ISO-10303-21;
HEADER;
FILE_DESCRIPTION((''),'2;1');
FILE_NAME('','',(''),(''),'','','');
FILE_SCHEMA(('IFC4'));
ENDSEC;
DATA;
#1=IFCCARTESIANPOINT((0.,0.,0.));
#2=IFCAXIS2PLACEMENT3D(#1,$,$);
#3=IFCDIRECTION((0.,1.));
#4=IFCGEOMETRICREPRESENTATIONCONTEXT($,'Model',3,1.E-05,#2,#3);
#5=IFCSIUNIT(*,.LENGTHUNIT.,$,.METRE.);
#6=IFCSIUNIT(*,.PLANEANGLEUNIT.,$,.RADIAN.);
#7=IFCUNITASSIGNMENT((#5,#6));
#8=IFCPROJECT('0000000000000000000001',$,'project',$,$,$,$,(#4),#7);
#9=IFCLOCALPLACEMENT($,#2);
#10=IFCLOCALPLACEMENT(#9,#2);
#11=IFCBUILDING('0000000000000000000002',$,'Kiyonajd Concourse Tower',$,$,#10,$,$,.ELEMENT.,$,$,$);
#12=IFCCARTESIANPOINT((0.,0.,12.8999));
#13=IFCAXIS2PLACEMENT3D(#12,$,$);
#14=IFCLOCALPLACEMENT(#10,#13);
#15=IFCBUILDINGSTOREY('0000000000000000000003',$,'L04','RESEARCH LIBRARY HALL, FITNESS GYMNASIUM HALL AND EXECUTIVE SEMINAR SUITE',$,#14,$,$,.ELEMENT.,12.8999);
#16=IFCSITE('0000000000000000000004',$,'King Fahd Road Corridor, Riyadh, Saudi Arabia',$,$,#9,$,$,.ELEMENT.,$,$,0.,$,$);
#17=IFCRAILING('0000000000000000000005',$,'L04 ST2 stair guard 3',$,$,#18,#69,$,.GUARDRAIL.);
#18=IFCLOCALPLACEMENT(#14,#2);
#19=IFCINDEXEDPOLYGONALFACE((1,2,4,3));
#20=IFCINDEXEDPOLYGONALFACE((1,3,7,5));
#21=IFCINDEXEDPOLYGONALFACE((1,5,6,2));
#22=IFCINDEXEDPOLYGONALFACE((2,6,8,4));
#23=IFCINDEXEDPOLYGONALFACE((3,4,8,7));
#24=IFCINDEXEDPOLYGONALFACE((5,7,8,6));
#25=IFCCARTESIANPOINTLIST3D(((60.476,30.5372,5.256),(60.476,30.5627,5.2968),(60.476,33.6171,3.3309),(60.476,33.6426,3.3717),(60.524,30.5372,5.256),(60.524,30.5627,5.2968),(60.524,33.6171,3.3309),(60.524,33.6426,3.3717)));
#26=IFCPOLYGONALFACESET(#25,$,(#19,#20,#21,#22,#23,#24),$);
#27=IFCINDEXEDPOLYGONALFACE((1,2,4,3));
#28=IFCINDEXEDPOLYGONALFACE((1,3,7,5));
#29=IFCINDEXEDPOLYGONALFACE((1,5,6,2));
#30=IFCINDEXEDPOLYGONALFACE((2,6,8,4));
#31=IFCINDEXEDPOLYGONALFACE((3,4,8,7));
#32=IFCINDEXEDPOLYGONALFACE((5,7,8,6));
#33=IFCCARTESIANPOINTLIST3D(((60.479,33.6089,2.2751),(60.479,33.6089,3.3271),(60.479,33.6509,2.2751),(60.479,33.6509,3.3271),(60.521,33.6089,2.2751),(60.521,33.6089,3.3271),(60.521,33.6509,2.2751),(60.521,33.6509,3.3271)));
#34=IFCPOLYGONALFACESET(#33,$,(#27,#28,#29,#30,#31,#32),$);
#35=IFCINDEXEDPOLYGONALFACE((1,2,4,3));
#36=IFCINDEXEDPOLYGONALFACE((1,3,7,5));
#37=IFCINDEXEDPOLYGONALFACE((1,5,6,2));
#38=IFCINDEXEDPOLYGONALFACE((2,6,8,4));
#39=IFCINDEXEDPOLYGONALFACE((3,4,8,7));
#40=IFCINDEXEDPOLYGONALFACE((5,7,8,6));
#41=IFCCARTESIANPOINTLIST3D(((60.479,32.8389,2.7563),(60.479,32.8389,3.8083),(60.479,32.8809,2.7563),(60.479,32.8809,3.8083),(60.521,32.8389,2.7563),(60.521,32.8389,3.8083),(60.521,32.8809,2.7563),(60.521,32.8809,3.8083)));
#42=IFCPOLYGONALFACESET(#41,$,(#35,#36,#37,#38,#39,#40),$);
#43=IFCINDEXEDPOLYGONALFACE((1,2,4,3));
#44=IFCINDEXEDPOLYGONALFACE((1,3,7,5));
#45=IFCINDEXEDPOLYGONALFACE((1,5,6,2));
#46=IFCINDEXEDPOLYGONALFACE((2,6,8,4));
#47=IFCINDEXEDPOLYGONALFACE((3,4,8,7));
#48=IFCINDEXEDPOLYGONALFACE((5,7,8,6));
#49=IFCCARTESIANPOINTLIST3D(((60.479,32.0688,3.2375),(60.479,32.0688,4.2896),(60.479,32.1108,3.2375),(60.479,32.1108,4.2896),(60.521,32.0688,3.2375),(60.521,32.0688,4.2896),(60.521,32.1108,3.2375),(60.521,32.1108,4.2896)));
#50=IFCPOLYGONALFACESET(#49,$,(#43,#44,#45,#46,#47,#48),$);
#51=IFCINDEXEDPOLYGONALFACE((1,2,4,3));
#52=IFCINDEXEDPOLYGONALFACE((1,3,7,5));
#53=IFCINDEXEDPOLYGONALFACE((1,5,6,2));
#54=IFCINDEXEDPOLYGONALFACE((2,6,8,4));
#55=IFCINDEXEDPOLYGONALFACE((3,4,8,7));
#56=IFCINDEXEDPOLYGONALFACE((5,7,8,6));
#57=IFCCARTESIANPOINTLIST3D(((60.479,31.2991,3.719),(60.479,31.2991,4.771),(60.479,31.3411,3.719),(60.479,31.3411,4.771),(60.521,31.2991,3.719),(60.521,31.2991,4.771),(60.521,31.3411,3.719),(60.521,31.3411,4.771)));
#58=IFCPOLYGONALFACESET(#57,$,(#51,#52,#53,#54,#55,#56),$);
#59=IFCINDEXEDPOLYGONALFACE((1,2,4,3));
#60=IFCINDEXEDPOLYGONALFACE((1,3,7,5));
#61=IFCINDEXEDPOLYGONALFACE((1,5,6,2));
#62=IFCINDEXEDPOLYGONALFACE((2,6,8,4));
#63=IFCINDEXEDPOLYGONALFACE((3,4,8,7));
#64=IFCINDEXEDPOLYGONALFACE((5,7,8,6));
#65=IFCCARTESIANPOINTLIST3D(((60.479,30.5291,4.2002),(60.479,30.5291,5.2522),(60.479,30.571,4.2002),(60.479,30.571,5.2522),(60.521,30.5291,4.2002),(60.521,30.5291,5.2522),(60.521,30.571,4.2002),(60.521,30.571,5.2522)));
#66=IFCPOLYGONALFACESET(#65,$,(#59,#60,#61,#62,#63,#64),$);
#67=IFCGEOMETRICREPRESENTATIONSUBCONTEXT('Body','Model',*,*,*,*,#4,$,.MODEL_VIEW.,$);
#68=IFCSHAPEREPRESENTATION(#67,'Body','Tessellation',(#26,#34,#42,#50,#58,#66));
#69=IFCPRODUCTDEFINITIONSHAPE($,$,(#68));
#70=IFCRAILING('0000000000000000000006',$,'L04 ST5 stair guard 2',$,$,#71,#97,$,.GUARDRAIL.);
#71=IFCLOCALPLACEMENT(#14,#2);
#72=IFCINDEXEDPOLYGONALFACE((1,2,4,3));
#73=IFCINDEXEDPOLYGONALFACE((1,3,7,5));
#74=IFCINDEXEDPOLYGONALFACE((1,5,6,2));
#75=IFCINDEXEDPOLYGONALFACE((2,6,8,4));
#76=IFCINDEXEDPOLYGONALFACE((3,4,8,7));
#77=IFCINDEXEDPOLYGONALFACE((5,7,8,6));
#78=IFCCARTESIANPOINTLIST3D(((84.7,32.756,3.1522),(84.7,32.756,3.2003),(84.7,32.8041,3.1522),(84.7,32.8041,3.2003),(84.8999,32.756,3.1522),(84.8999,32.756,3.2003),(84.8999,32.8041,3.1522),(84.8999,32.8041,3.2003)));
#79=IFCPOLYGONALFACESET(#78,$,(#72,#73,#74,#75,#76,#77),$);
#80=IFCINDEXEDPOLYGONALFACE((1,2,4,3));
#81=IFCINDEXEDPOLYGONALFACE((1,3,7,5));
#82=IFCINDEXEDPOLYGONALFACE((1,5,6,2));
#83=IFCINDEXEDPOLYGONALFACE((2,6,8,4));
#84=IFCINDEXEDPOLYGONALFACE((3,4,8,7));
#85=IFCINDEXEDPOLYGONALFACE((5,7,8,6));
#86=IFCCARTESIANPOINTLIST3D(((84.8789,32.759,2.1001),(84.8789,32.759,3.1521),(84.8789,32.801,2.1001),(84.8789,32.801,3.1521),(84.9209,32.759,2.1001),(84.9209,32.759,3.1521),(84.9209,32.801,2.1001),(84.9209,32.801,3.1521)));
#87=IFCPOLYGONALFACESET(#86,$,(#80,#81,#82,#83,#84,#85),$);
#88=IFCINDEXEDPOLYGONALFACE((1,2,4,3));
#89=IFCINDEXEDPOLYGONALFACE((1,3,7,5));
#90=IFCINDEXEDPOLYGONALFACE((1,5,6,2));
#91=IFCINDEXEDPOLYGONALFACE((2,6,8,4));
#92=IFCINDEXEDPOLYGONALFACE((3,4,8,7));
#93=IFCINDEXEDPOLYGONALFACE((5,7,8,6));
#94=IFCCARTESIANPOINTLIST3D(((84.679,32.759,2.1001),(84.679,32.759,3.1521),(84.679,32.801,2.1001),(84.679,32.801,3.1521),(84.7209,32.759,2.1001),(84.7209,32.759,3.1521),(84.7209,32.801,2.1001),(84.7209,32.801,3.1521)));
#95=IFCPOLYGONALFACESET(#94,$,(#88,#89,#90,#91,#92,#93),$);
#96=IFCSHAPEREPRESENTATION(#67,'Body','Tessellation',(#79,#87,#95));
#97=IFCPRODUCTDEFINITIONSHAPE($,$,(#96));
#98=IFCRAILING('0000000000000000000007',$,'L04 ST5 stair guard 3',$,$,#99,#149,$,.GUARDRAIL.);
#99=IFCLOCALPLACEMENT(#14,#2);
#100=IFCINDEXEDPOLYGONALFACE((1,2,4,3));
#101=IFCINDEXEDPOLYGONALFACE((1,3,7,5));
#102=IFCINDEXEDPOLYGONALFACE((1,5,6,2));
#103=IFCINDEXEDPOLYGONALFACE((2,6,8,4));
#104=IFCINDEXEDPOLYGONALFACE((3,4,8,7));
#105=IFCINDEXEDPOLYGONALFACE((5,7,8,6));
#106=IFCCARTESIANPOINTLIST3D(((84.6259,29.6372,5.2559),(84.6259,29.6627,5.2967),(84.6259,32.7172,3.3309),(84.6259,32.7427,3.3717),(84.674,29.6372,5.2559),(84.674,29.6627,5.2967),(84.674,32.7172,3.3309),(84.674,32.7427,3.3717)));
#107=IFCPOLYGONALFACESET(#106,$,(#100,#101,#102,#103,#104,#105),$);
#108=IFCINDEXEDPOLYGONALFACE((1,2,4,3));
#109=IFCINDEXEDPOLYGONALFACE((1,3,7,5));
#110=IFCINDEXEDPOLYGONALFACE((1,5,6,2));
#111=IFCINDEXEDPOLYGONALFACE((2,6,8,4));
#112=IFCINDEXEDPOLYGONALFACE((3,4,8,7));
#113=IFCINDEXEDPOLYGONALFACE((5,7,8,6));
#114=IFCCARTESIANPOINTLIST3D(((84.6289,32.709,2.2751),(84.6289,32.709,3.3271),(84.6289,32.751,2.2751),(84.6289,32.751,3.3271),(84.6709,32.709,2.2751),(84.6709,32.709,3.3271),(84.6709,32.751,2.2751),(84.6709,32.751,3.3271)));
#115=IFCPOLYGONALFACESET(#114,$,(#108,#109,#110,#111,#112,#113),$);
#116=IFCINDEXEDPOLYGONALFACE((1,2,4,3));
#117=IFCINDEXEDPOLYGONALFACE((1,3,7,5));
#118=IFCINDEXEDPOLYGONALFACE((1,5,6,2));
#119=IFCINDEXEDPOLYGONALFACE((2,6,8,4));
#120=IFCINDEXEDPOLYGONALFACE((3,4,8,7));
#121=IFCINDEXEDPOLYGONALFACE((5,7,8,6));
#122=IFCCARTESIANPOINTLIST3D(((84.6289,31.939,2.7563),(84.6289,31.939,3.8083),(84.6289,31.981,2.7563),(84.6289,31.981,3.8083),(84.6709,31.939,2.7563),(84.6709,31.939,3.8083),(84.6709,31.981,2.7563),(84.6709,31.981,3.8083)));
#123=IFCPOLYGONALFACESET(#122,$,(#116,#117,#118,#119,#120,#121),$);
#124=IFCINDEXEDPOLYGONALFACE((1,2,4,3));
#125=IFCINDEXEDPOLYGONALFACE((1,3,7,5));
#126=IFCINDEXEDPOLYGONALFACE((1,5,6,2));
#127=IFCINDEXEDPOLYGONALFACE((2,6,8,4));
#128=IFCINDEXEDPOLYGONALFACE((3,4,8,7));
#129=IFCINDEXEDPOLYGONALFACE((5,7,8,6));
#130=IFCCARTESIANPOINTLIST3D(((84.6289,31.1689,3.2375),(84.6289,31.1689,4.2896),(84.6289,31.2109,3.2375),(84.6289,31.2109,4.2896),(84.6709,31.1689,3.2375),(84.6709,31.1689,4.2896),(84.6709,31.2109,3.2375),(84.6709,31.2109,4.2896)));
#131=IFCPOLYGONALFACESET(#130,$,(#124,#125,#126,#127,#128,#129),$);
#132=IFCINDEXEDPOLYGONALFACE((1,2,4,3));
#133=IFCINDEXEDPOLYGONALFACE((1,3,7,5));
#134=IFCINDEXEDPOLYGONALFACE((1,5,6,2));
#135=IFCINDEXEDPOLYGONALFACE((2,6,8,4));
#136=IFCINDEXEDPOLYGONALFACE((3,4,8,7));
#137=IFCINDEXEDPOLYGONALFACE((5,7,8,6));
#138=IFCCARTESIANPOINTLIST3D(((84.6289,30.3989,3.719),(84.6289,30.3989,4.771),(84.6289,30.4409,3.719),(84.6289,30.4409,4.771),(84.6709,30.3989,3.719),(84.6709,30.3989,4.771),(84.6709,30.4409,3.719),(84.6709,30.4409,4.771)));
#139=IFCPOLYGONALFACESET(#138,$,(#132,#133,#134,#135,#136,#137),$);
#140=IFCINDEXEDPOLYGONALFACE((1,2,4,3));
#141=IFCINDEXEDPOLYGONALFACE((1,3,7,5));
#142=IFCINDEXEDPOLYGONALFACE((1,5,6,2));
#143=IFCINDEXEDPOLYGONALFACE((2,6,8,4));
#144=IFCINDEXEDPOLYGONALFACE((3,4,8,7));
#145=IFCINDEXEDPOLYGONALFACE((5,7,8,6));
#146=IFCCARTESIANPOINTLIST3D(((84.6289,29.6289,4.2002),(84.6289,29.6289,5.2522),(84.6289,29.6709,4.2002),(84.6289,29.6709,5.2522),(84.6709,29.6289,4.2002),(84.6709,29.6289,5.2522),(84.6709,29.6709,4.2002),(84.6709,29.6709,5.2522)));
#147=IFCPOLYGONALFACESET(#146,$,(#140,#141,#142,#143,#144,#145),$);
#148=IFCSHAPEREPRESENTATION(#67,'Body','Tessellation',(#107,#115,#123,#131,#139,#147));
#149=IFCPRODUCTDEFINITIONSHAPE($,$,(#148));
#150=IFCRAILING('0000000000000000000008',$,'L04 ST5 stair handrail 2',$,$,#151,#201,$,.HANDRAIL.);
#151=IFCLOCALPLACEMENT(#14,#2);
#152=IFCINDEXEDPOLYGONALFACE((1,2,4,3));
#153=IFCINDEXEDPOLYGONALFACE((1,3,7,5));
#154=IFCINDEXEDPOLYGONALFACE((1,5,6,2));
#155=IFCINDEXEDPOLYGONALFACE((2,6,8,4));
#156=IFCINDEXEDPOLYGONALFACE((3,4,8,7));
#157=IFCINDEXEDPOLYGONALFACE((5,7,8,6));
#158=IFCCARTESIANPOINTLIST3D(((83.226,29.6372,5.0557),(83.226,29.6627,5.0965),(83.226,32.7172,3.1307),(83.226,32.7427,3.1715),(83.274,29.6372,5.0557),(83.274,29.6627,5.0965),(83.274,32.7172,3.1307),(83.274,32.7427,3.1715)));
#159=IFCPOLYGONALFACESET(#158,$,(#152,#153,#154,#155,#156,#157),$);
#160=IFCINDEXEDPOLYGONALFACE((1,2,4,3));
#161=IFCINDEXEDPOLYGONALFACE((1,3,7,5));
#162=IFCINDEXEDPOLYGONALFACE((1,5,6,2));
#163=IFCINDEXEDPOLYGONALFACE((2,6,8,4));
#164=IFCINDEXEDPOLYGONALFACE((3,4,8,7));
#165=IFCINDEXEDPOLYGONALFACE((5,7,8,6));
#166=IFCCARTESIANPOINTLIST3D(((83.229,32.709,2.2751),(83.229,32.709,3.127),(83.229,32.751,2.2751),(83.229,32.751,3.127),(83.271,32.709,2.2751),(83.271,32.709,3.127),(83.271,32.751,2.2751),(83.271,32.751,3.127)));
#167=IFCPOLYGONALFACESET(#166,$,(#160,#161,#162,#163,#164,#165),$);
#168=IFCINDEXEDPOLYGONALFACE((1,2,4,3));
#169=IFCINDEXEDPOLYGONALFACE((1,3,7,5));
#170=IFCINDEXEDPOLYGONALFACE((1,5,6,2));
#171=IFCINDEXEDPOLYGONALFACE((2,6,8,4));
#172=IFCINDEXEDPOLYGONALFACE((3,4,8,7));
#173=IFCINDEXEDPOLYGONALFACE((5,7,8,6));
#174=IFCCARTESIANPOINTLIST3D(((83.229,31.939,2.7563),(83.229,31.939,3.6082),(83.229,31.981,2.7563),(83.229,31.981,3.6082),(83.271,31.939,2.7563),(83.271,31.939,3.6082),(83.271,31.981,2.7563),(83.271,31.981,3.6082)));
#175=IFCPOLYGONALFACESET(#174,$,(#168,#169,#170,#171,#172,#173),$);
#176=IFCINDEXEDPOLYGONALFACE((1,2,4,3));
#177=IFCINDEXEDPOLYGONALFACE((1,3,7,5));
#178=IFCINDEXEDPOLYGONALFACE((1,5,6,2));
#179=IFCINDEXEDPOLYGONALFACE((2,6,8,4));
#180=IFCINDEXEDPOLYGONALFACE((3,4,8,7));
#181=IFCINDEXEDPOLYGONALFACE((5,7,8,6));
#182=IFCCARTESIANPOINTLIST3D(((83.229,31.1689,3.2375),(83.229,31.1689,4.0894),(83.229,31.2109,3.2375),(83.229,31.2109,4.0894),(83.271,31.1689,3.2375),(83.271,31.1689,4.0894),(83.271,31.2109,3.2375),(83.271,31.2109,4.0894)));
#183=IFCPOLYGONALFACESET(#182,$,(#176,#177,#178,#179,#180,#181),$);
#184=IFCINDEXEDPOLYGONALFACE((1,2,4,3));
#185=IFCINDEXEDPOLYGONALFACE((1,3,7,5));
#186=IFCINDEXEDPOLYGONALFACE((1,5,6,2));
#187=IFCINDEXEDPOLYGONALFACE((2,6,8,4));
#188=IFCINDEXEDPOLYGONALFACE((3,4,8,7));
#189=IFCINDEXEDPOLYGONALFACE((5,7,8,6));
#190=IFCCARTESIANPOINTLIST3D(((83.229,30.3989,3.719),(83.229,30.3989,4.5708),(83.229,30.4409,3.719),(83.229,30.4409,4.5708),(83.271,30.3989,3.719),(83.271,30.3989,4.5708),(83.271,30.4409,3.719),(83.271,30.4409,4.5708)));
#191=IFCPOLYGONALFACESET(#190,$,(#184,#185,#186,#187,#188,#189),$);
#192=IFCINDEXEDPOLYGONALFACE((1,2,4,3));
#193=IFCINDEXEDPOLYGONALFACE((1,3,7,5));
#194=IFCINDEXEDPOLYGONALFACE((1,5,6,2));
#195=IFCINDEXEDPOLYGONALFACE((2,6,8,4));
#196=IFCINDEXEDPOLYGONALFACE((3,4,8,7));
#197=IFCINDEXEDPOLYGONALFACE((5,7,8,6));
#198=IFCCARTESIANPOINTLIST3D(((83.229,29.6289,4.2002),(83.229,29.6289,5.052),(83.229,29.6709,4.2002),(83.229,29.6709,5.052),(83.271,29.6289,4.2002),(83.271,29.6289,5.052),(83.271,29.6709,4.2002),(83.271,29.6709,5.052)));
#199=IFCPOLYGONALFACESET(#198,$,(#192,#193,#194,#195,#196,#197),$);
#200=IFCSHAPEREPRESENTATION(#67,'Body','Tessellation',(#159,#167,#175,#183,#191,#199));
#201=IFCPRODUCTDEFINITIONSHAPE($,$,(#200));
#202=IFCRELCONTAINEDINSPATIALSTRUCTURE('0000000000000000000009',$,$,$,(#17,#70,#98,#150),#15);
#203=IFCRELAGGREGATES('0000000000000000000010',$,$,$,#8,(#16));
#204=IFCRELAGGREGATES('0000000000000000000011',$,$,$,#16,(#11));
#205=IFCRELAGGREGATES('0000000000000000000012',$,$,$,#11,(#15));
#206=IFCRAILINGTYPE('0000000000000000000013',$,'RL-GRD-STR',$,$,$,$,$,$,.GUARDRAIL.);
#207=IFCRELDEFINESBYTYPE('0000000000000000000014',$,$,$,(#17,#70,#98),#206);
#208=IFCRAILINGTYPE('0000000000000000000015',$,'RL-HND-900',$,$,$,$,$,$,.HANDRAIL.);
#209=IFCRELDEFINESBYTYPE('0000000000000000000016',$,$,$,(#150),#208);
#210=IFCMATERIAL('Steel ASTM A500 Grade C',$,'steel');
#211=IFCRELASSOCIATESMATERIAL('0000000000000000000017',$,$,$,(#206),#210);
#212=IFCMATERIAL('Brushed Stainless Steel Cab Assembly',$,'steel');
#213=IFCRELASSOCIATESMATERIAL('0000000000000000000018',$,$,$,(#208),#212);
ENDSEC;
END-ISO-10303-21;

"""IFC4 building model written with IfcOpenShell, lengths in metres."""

from ifc_helpers import new_model, si_unit, direction, frame, origin, origin_2d, place, context, subcontext, project, spatial, rectangle, extrude, material, type_object, element, save


model = new_model("IFC4")

# Units and contexts
model_context = context("Model", 3, precision=1e-05, world=origin(), true_north=direction((0.0, 1.0)))
body_context = subcontext(model_context, "Body", "Model", "MODEL_VIEW")
ifc_project = project(units=[si_unit("LENGTHUNIT", "METRE"), si_unit("PLANEANGLEUNIT", "RADIAN")], contexts=[model_context])

# Site, building, storey
site_placement = place(None, origin())
site = spatial("IfcSite", under=ifc_project, at=site_placement, Name="King Fahd Road Corridor, Riyadh, Saudi Arabia", CompositionType="ELEMENT", RefElevation=0.0)
building_placement = place(site_placement, origin())
building = spatial("IfcBuilding", under=site, at=building_placement, Name="Kiyonajd Concourse Tower", CompositionType="ELEMENT")
storey_placement = place(building_placement, frame((0.0, 0.0, 12.8999)))
storey = spatial("IfcBuildingStorey", under=building, at=storey_placement, Name="L04", Description="RESEARCH LIBRARY HALL, FITNESS GYMNASIUM HALL AND EXECUTIVE SEMINAR SUITE", CompositionType="ELEMENT", Elevation=12.8999)

# Railings
ifc_material_1 = material(Name="Steel ASTM A500 Grade C", Category="steel")
railing_type_1 = type_object("IfcRailingType", Name="RL-GRD-STR", PredefinedType="GUARDRAIL", material=ifc_material_1)
railing_1_placement = place(storey_placement, frame((60.5, 33.6299, 2.2751)))
element("IfcRailing", 1, at=railing_1_placement, inside=storey, type_object=railing_type_1, Name="L04 ST2 stair guard 3", PredefinedType="GUARDRAIL", context=body_context, shape_type="SweptSolid", body=[
    extrude(rectangle(XDim=0.0481, YDim=0.0481, at=origin_2d()), frame((0.0, 0.0, 1.0762), z_axis=(0.0, -0.847979, 0.530029), x_axis=(1.0, 0.0, 0.0)), (0.0, 0.0, 1.0), 3.6321),
    extrude(rectangle(XDim=0.042, YDim=0.042, at=origin_2d()), origin(), (0.0, 0.0, 1.0), 1.052),
    extrude(rectangle(XDim=0.042, YDim=0.042, at=origin_2d()), frame((0.0, -0.77, 0.4812)), (0.0, 0.0, 1.0), 1.052),
    extrude(rectangle(XDim=0.042, YDim=0.042, at=origin_2d()), frame((0.0, -1.54, 0.9624)), (0.0, 0.0, 1.0), 1.052),
    extrude(rectangle(XDim=0.042, YDim=0.042, at=origin_2d()), frame((0.0, -2.3098, 1.4438)), (0.0, 0.0, 1.0), 1.052),
    extrude(rectangle(XDim=0.042, YDim=0.042, at=origin_2d()), frame((0.0, -3.0798, 1.925)), (0.0, 0.0, 1.0), 1.052),
])
railing_2_placement = place(storey_placement, frame((84.8999, 32.78, 2.1001)))
element("IfcRailing", 2, at=railing_2_placement, inside=storey, type_object=railing_type_1, Name="L04 ST5 stair guard 2", PredefinedType="GUARDRAIL", context=body_context, shape_type="SweptSolid", body=[
    extrude(rectangle(XDim=0.0481, YDim=0.0481, at=origin_2d()), frame((0.0, 0.0, 1.0762), z_axis=(-1.0, 0.0, 0.0), x_axis=(0.0, -1.0, 0.0)), (0.0, 0.0, 1.0), 0.2),
    extrude(rectangle(XDim=0.042, YDim=0.042, at=origin_2d()), origin(), (0.0, 0.0, 1.0), 1.052),
    extrude(rectangle(XDim=0.042, YDim=0.042, at=origin_2d()), frame((-0.2, 0.0, 0.0)), (0.0, 0.0, 1.0), 1.052),
])
railing_3_placement = place(storey_placement, frame((84.6499, 32.73, 2.2751)))
element("IfcRailing", 3, at=railing_3_placement, inside=storey, type_object=railing_type_1, Name="L04 ST5 stair guard 3", PredefinedType="GUARDRAIL", context=body_context, shape_type="SweptSolid", body=[
    extrude(rectangle(XDim=0.0481, YDim=0.0481, at=origin_2d()), frame((0.0, 0.0, 1.0762), z_axis=(0.0, -0.847998, 0.529999), x_axis=(1.0, 0.0, 0.0)), (0.0, 0.0, 1.0), 3.6321),
    extrude(rectangle(XDim=0.042, YDim=0.042, at=origin_2d()), origin(), (0.0, 0.0, 1.0), 1.052),
    extrude(rectangle(XDim=0.042, YDim=0.042, at=origin_2d()), frame((0.0, -0.77, 0.4812)), (0.0, 0.0, 1.0), 1.052),
    extrude(rectangle(XDim=0.042, YDim=0.042, at=origin_2d()), frame((0.0, -1.54, 0.9624)), (0.0, 0.0, 1.0), 1.052),
    extrude(rectangle(XDim=0.042, YDim=0.042, at=origin_2d()), frame((0.0, -2.3101, 1.4438)), (0.0, 0.0, 1.0), 1.052),
    extrude(rectangle(XDim=0.042, YDim=0.042, at=origin_2d()), frame((0.0, -3.0801, 1.925)), (0.0, 0.0, 1.0), 1.052),
])
ifc_material_2 = material(Name="Brushed Stainless Steel Cab Assembly", Category="steel")
railing_type_2 = type_object("IfcRailingType", Name="RL-HND-900", PredefinedType="HANDRAIL", material=ifc_material_2)
railing_4_placement = place(storey_placement, frame((83.25, 32.73, 2.2751)))
element("IfcRailing", 4, at=railing_4_placement, inside=storey, type_object=railing_type_2, Name="L04 ST5 stair handrail 2", PredefinedType="HANDRAIL", context=body_context, shape_type="SweptSolid", body=[
    extrude(rectangle(XDim=0.0481, YDim=0.0481, at=origin_2d()), frame((0.0, 0.0, 0.876), z_axis=(0.0, -0.847998, 0.529999), x_axis=(1.0, 0.0, 0.0)), (0.0, 0.0, 1.0), 3.6321),
    extrude(rectangle(XDim=0.042, YDim=0.042, at=origin_2d()), origin(), (0.0, 0.0, 1.0), 0.8518),
    extrude(rectangle(XDim=0.042, YDim=0.042, at=origin_2d()), frame((0.0, -0.77, 0.4812)), (0.0, 0.0, 1.0), 0.8518),
    extrude(rectangle(XDim=0.042, YDim=0.042, at=origin_2d()), frame((0.0, -1.54, 0.9624)), (0.0, 0.0, 1.0), 0.8518),
    extrude(rectangle(XDim=0.042, YDim=0.042, at=origin_2d()), frame((0.0, -2.3101, 1.4438)), (0.0, 0.0, 1.0), 0.8518),
    extrude(rectangle(XDim=0.042, YDim=0.042, at=origin_2d()), frame((0.0, -3.0801, 1.925)), (0.0, 0.0, 1.0), 0.8518),
])

save(model, "model.ifc")
